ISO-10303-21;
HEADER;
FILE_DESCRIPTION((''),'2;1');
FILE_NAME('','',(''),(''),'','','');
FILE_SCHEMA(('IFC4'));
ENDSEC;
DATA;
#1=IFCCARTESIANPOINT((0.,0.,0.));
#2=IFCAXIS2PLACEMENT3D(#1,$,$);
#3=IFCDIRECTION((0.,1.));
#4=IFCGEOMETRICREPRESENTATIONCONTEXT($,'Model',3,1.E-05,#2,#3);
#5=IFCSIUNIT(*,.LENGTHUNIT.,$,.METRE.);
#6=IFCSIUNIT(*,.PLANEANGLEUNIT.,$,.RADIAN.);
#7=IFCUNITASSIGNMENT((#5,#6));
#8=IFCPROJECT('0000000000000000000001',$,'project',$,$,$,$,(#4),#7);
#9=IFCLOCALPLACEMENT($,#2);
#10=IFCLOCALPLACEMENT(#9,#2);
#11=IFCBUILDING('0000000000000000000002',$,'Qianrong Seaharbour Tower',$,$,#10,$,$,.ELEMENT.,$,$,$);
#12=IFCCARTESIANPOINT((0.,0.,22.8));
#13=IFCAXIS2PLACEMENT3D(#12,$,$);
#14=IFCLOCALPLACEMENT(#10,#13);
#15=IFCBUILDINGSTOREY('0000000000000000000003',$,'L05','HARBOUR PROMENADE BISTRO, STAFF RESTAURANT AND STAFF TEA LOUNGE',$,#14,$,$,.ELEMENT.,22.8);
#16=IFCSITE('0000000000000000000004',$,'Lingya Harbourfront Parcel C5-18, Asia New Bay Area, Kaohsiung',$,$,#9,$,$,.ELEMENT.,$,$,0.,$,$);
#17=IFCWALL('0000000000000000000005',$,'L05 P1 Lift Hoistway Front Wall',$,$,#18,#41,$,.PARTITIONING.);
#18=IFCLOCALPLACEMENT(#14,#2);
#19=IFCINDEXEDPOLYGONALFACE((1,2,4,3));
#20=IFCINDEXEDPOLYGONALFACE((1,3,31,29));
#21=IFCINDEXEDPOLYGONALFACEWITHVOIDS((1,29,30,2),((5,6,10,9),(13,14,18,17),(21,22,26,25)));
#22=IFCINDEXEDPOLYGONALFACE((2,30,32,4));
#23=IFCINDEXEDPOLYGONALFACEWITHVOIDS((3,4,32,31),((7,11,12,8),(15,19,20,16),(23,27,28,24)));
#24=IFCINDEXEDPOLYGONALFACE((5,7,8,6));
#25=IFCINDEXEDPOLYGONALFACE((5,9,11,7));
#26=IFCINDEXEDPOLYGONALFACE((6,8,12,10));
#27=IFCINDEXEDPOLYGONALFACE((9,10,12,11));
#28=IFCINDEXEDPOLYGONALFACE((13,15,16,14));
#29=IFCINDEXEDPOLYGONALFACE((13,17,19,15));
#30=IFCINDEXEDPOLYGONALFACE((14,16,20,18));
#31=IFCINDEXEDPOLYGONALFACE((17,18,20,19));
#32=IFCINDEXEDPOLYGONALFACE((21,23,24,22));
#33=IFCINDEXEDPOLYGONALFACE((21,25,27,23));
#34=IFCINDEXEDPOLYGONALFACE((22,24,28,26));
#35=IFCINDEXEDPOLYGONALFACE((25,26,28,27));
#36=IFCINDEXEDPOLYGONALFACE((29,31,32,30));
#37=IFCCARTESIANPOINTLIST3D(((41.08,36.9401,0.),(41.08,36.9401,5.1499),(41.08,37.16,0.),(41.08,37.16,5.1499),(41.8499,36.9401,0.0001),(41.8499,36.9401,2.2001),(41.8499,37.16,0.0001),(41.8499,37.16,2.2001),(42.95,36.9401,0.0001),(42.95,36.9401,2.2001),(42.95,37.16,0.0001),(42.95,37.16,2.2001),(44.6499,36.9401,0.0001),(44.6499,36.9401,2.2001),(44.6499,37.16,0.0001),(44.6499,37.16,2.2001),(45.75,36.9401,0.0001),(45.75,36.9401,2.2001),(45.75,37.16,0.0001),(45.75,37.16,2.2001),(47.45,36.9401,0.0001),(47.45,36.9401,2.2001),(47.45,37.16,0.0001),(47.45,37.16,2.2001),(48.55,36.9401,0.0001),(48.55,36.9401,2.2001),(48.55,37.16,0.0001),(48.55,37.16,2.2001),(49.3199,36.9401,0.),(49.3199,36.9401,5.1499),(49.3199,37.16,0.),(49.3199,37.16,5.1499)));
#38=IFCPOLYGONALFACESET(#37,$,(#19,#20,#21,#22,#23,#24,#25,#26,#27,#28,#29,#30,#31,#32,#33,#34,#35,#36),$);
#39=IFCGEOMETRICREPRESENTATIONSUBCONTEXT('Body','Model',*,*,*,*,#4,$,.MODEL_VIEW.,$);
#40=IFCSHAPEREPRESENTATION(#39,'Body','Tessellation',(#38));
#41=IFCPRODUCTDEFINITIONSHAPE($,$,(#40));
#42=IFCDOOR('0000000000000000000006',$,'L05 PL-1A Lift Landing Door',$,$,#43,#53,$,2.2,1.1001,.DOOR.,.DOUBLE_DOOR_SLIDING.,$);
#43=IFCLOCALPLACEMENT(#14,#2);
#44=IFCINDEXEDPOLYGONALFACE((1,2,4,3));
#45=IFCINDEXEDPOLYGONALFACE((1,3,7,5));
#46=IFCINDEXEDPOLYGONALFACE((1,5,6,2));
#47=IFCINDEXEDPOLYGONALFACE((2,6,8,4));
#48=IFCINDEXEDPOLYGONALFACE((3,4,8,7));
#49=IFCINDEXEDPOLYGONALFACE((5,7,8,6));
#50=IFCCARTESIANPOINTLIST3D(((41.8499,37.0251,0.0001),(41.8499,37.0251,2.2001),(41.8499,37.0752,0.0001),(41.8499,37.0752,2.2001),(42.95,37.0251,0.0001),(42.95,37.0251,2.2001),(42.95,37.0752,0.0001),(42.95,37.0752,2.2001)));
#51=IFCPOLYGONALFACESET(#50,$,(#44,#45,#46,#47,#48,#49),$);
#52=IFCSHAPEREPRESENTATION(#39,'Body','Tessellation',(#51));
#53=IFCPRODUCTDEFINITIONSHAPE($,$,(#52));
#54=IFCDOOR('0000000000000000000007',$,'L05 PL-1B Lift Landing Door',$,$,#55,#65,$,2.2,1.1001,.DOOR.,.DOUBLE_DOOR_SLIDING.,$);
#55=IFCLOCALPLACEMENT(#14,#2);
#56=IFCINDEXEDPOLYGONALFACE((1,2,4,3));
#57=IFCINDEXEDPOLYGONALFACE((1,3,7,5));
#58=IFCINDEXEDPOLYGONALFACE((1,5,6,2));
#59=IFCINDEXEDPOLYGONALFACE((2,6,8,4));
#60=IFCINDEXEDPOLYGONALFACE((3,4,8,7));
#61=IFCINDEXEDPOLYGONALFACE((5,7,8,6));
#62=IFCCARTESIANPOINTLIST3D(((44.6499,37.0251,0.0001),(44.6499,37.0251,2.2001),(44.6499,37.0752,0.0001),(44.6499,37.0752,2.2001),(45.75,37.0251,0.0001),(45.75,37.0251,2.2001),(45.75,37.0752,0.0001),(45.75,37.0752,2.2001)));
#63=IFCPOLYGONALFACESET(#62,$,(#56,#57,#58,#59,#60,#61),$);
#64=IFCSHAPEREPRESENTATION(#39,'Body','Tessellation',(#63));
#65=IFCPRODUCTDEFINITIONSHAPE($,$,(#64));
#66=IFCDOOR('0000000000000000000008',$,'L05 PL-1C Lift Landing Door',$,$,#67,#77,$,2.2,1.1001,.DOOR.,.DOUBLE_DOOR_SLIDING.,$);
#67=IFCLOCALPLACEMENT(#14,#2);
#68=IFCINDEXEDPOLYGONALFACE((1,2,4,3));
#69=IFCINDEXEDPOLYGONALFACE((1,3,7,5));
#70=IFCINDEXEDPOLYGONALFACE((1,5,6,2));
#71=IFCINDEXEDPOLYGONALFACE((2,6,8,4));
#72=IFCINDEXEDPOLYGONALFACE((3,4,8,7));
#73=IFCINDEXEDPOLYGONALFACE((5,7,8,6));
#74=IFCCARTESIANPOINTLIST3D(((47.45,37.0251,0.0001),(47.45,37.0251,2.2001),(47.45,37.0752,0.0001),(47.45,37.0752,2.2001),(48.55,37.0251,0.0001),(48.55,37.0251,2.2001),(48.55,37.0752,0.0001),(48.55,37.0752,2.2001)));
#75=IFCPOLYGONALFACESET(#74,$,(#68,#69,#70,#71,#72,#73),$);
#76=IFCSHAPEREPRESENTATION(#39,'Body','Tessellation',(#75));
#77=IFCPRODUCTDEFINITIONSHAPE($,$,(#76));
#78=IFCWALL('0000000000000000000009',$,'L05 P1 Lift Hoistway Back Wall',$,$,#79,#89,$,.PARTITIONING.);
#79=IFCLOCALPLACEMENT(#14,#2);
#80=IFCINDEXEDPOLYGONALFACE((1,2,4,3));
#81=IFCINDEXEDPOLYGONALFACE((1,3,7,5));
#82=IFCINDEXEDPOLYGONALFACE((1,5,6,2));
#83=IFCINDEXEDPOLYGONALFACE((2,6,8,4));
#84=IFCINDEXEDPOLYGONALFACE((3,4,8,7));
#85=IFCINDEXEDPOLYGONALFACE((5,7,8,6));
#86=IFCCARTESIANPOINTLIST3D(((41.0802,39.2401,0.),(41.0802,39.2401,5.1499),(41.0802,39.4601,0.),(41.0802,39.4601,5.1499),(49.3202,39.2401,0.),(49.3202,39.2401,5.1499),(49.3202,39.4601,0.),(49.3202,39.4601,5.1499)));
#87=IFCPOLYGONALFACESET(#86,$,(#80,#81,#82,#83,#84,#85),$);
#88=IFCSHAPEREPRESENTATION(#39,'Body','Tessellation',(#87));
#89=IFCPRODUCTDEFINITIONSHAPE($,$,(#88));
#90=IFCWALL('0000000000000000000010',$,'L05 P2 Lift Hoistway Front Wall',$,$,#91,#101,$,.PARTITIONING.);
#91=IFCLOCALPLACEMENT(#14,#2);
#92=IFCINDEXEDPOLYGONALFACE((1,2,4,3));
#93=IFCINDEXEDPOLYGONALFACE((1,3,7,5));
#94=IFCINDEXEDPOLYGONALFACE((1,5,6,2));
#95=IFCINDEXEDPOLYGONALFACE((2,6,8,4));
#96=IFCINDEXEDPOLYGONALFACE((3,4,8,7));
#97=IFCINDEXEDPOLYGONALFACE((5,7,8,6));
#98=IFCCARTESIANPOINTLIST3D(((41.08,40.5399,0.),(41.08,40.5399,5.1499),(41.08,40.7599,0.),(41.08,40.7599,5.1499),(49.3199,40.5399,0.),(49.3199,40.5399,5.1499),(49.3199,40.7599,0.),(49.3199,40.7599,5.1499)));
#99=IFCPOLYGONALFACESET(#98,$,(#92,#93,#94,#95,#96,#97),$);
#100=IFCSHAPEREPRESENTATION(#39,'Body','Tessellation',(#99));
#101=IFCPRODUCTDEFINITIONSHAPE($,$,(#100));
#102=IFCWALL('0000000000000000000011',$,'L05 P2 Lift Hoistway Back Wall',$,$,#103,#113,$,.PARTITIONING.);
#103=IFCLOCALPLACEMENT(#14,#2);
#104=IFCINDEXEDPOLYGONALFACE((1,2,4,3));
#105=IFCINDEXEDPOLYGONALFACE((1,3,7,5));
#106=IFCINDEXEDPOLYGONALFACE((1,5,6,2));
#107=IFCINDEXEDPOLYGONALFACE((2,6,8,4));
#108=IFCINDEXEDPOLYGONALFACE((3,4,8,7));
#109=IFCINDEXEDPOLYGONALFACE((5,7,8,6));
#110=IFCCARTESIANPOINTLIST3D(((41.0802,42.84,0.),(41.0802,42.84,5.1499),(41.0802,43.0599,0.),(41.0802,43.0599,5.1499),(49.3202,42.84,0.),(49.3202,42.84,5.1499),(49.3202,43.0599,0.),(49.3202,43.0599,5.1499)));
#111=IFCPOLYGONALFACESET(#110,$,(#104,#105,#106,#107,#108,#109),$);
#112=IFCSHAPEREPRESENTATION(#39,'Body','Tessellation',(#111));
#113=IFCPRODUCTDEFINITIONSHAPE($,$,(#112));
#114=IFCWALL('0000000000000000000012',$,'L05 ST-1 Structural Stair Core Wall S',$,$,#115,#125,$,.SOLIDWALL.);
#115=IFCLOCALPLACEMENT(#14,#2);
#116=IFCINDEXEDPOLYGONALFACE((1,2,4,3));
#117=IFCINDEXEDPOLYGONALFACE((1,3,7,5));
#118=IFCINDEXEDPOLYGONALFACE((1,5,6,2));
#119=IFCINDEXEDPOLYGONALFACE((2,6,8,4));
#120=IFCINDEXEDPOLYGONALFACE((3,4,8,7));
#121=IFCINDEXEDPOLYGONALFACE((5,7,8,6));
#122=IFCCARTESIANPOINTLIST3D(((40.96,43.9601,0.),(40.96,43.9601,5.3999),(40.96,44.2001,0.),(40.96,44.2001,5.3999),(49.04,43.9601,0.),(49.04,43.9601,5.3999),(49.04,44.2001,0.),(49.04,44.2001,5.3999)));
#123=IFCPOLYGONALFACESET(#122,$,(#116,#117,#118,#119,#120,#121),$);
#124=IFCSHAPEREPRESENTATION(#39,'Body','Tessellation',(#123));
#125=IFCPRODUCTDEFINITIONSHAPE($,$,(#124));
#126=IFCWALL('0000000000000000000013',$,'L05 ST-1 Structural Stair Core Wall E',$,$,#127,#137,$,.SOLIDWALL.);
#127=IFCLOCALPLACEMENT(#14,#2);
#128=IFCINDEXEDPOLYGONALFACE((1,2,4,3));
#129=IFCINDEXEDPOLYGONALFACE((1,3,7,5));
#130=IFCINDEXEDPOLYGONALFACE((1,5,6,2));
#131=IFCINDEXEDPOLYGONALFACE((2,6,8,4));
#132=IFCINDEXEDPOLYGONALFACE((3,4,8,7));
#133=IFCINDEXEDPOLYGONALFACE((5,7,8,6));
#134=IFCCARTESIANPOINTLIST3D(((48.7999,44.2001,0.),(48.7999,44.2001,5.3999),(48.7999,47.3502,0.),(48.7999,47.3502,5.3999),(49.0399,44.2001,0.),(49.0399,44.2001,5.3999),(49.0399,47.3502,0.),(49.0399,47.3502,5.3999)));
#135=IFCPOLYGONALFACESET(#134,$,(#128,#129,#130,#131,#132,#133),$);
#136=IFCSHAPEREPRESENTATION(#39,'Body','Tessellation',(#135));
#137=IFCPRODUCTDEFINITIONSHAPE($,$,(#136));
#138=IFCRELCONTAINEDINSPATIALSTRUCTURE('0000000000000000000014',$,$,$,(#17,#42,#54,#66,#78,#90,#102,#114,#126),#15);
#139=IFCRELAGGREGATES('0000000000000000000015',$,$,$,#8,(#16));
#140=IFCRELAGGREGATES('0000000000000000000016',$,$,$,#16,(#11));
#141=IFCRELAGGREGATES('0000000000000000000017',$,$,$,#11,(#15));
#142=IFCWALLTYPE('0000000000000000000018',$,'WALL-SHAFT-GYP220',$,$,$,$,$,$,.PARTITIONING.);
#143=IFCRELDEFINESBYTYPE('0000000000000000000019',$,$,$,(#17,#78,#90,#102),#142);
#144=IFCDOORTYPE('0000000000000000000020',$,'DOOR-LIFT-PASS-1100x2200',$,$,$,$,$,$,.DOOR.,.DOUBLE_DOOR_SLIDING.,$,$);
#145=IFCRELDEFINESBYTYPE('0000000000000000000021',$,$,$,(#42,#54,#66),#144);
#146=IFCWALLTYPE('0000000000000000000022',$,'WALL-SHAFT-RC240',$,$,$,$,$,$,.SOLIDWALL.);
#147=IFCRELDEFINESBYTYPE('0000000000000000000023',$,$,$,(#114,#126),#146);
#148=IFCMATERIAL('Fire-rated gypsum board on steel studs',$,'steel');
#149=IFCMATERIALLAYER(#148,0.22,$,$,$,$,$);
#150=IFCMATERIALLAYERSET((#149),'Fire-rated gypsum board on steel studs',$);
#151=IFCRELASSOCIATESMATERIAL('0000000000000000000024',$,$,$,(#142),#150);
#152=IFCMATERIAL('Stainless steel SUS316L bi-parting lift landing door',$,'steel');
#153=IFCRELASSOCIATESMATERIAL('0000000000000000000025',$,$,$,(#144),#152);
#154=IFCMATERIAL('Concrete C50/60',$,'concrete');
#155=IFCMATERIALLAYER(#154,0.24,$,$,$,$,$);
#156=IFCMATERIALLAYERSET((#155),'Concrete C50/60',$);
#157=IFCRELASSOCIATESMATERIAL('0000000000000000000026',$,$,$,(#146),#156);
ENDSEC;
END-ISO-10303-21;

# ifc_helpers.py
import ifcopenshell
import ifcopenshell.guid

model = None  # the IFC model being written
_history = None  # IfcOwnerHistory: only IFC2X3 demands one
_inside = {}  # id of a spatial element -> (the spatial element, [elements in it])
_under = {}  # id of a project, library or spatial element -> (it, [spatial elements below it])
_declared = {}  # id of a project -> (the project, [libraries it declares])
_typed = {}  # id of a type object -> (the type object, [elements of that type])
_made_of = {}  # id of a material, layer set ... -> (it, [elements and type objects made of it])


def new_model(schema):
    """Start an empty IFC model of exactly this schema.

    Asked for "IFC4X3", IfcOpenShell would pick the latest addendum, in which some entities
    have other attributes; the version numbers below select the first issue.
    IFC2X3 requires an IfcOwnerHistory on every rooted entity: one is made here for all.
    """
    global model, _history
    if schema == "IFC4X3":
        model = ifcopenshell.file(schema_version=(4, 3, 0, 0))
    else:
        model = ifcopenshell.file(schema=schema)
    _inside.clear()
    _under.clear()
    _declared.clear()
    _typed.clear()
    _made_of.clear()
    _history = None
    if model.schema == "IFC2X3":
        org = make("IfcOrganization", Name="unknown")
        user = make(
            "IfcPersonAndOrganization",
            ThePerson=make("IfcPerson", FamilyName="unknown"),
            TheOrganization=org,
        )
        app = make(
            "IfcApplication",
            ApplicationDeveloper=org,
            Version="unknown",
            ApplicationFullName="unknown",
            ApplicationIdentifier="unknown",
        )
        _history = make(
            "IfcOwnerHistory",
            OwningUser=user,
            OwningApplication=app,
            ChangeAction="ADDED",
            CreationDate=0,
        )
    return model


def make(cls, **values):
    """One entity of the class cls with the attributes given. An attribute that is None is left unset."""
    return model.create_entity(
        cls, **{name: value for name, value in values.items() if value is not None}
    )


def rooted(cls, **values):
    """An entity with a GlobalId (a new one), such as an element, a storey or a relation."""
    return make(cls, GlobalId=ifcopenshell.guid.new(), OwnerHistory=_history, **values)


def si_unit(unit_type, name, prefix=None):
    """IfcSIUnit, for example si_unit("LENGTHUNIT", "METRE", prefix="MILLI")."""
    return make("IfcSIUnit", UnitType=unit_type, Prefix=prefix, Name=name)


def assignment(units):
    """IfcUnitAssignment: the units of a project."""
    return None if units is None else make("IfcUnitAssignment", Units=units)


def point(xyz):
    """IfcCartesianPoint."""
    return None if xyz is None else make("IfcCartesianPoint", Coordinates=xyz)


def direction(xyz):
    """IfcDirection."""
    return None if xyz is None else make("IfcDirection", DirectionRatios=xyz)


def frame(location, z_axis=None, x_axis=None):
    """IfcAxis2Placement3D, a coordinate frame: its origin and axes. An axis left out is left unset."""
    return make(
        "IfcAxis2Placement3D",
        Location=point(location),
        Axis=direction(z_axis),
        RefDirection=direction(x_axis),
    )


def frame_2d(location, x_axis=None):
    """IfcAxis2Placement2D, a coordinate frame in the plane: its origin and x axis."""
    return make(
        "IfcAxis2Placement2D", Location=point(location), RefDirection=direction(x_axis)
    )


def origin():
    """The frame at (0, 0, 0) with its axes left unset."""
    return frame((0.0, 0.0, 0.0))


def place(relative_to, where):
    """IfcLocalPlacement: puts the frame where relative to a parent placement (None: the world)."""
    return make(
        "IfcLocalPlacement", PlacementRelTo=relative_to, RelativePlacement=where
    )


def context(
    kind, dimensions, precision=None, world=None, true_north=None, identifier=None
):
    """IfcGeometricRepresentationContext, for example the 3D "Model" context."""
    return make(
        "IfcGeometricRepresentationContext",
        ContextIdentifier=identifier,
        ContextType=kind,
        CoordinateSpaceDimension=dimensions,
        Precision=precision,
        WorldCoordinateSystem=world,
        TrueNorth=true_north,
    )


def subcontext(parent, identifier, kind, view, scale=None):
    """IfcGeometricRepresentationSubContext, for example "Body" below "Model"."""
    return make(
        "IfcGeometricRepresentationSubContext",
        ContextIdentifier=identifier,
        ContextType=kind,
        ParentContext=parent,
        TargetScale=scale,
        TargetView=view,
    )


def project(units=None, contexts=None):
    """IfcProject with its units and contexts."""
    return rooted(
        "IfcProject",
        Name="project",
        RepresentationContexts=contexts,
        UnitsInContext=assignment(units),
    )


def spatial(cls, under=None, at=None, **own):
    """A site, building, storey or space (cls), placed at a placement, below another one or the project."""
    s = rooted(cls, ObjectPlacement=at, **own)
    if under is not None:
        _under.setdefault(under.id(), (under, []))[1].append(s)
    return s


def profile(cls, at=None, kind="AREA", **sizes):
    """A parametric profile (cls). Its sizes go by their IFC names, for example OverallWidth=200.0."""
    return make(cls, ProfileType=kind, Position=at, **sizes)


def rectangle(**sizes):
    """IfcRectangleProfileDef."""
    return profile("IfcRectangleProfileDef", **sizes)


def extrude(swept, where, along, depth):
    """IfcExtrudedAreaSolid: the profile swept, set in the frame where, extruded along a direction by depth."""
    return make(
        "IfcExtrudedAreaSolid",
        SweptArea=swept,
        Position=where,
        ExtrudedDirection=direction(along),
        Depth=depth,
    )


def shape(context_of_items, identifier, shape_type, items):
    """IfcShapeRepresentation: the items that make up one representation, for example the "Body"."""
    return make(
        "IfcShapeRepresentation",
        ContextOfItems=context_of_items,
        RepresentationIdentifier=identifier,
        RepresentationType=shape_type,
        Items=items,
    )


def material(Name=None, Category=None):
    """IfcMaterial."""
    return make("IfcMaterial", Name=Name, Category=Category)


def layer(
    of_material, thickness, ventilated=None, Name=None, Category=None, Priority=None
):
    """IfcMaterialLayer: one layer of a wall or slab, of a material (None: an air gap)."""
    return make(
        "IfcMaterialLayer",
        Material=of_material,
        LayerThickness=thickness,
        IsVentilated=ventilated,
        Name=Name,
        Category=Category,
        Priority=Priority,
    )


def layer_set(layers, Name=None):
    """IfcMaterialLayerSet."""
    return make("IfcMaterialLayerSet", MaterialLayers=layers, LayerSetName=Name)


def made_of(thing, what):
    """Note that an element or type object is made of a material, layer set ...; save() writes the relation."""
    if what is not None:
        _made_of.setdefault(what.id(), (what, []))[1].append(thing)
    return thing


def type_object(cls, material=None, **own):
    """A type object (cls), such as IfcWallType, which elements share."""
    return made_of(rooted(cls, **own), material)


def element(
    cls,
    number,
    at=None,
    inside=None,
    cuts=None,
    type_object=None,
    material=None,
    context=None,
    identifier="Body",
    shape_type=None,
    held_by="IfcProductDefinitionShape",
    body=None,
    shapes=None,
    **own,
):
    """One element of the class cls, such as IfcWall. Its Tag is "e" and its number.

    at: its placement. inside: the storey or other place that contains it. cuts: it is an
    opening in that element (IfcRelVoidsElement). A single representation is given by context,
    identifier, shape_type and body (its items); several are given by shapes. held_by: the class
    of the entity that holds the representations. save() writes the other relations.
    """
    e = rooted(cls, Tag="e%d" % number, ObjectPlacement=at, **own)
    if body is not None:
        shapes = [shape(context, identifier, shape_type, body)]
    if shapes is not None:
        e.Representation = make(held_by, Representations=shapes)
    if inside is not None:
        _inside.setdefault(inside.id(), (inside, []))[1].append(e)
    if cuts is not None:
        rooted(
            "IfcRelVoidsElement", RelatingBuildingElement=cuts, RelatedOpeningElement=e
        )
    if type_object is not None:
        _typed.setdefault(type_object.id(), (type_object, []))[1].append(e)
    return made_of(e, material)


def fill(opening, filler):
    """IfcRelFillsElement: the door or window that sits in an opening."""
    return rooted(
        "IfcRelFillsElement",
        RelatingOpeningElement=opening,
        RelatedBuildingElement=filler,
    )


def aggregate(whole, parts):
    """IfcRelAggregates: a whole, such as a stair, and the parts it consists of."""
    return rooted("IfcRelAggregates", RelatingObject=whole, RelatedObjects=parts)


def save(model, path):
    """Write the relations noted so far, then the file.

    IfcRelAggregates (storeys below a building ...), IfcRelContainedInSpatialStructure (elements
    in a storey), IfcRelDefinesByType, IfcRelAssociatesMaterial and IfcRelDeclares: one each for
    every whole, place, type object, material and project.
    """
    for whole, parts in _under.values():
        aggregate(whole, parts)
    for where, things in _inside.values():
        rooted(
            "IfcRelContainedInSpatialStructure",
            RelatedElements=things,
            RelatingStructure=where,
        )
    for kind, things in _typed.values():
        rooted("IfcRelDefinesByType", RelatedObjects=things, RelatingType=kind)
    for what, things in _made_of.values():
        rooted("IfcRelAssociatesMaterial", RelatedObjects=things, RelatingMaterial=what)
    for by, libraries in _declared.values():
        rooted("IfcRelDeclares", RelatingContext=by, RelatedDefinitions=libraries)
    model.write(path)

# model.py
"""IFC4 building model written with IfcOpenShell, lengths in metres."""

from ifc_helpers import new_model, si_unit, direction, frame, frame_2d, origin, place, context, subcontext, project, spatial, rectangle, extrude, material, layer, layer_set, type_object, element, fill, save


model = new_model("IFC4")

# Units and contexts
model_context = context("Model", 3, precision=1e-05, world=origin(), true_north=direction((0.0, 1.0)))
body_context = subcontext(model_context, "Body", "Model", "MODEL_VIEW")
ifc_project = project(units=[si_unit("LENGTHUNIT", "METRE"), si_unit("PLANEANGLEUNIT", "RADIAN")], contexts=[model_context])

# Site, building, storey
site_placement = place(None, origin())
site = spatial("IfcSite", under=ifc_project, at=site_placement, Name="Lingya Harbourfront Parcel C5-18, Asia New Bay Area, Kaohsiung", CompositionType="ELEMENT", RefElevation=0.0)
building_placement = place(site_placement, origin())
building = spatial("IfcBuilding", under=site, at=building_placement, Name="Qianrong Seaharbour Tower", CompositionType="ELEMENT")
storey_placement = place(building_placement, frame((0.0, 0.0, 22.8)))
storey = spatial("IfcBuildingStorey", under=building, at=storey_placement, Name="L05", Description="HARBOUR PROMENADE BISTRO, STAFF RESTAURANT AND STAFF TEA LOUNGE", CompositionType="ELEMENT", Elevation=22.8)

# Shared definitions
ifc_material_1 = material(Name="Fire-rated gypsum board on steel studs", Category="steel")

# Wall, openings, doors
ifc_layer_1 = layer(ifc_material_1, 0.22)
ifc_layer_set_1 = layer_set([ifc_layer_1], Name="Fire-rated gypsum board on steel studs")
wall_type_1 = type_object("IfcWallType", Name="WALL-SHAFT-GYP220", PredefinedType="PARTITIONING", material=ifc_layer_set_1)
wall_1_placement = place(storey_placement, frame((49.3201, 37.05, 0.0), z_axis=(0.0, 0.0, 1.0), x_axis=(-1.0, 0.0, 0.0)))
wall_1 = element("IfcWall", 1, at=wall_1_placement, inside=storey, type_object=wall_type_1, Name="L05 P1 Lift Hoistway Front Wall", PredefinedType="PARTITIONING", context=body_context, shape_type="SweptSolid", body=[
    extrude(rectangle(XDim=8.24, YDim=0.22, at=frame_2d((4.1201, 0.0))), origin(), (0.0, 0.0, 1.0), 5.1499),
])
opening_1_placement = place(wall_1_placement, frame((6.3701, 0.0, 0.0)))
opening_1 = element("IfcOpeningElement", 2, at=opening_1_placement, cuts=wall_1, PredefinedType="OPENING", context=body_context, shape_type="SweptSolid", body=[
    extrude(rectangle(XDim=1.1001, YDim=2.2, at=frame_2d((0.55, 1.1001))), frame((0.0, 0.1201, 0.0), z_axis=(0.0, -1.0, 0.0), x_axis=(1.0, 0.0, 0.0)), (0.0, 0.0, 1.0), 0.24),
])
opening_2_placement = place(wall_1_placement, frame((3.5701, 0.0, 0.0)))
opening_2 = element("IfcOpeningElement", 3, at=opening_2_placement, cuts=wall_1, PredefinedType="OPENING", context=body_context, shape_type="SweptSolid", body=[
    extrude(rectangle(XDim=1.1001, YDim=2.2, at=frame_2d((0.55, 1.1001))), frame((0.0, 0.1201, 0.0), z_axis=(0.0, -1.0, 0.0), x_axis=(1.0, 0.0, 0.0)), (0.0, 0.0, 1.0), 0.24),
])
opening_3_placement = place(wall_1_placement, frame((0.77, 0.0, 0.0)))
opening_3 = element("IfcOpeningElement", 4, at=opening_3_placement, cuts=wall_1, PredefinedType="OPENING", context=body_context, shape_type="SweptSolid", body=[
    extrude(rectangle(XDim=1.1001, YDim=2.2, at=frame_2d((0.55, 1.1001))), frame((0.0, 0.1201, 0.0), z_axis=(0.0, -1.0, 0.0), x_axis=(1.0, 0.0, 0.0)), (0.0, 0.0, 1.0), 0.24),
])
ifc_material_2 = material(Name="Stainless steel SUS316L bi-parting lift landing door", Category="steel")
door_type = type_object("IfcDoorType", Name="DOOR-LIFT-PASS-1100x2200", OperationType="DOUBLE_DOOR_SLIDING", PredefinedType="DOOR", material=ifc_material_2)
door_1_placement = place(opening_1_placement, origin())
door_1 = element("IfcDoor", 5, at=door_1_placement, inside=storey, type_object=door_type, Name="L05 PL-1A Lift Landing Door", OperationType="DOUBLE_DOOR_SLIDING", OverallHeight=2.2, OverallWidth=1.1001, PredefinedType="DOOR", context=body_context, shape_type="SweptSolid", body=[
    extrude(rectangle(XDim=1.1001, YDim=2.2, at=frame_2d((0.55, 1.1001))), frame((0.0, 0.0249, 0.0), z_axis=(0.0, -1.0, 0.0), x_axis=(1.0, 0.0, 0.0)), (0.0, 0.0, 1.0), 0.05),
])
fill(opening_1, door_1)
door_2_placement = place(opening_2_placement, origin())
door_2 = element("IfcDoor", 6, at=door_2_placement, inside=storey, type_object=door_type, Name="L05 PL-1B Lift Landing Door", OperationType="DOUBLE_DOOR_SLIDING", OverallHeight=2.2, OverallWidth=1.1001, PredefinedType="DOOR", context=body_context, shape_type="SweptSolid", body=[
    extrude(rectangle(XDim=1.1001, YDim=2.2, at=frame_2d((0.55, 1.1001))), frame((0.0, 0.0249, 0.0), z_axis=(0.0, -1.0, 0.0), x_axis=(1.0, 0.0, 0.0)), (0.0, 0.0, 1.0), 0.05),
])
fill(opening_2, door_2)
door_3_placement = place(opening_3_placement, origin())
door_3 = element("IfcDoor", 7, at=door_3_placement, inside=storey, type_object=door_type, Name="L05 PL-1C Lift Landing Door", OperationType="DOUBLE_DOOR_SLIDING", OverallHeight=2.2, OverallWidth=1.1001, PredefinedType="DOOR", context=body_context, shape_type="SweptSolid", body=[
    extrude(rectangle(XDim=1.1001, YDim=2.2, at=frame_2d((0.55, 1.1001))), frame((0.0, 0.0249, 0.0), z_axis=(0.0, -1.0, 0.0), x_axis=(1.0, 0.0, 0.0)), (0.0, 0.0, 1.0), 0.05),
])
fill(opening_3, door_3)

# Walls
for number, where, z_axis, x_axis, name in (
    (8, (41.0801, 39.3501, 0.0), (0.0, 0.0, 1.0), (1.0, 0.0, 0.0), "L05 P1 Lift Hoistway Back Wall"),
    (9, (49.3201, 40.6499, 0.0), (0.0, 0.0, 1.0), (-1.0, 0.0, 0.0), "L05 P2 Lift Hoistway Front Wall"),
    (10, (41.0801, 42.95, 0.0), (0.0, 0.0, 1.0), (1.0, 0.0, 0.0), "L05 P2 Lift Hoistway Back Wall"),
):
    element("IfcWall", number, at=place(storey_placement, frame(where, z_axis=z_axis, x_axis=x_axis)), inside=storey, type_object=wall_type_1, Name=name, PredefinedType="PARTITIONING", context=body_context, shape_type="SweptSolid", body=[
        extrude(rectangle(XDim=8.24, YDim=0.22, at=frame_2d((4.1201, 0.0))), origin(), (0.0, 0.0, 1.0), 5.1499),
    ])
ifc_material_3 = material(Name="Concrete C50/60", Category="concrete")
ifc_layer_2 = layer(ifc_material_3, 0.24)
ifc_layer_set_2 = layer_set([ifc_layer_2], Name="Concrete C50/60")
wall_type_2 = type_object("IfcWallType", Name="WALL-SHAFT-RC240", PredefinedType="SOLIDWALL", material=ifc_layer_set_2)
wall_2_placement = place(storey_placement, frame((49.04, 44.0801, 0.0), z_axis=(0.0, 0.0, 1.0), x_axis=(-1.0, 0.0, 0.0)))
element("IfcWall", 11, at=wall_2_placement, inside=storey, type_object=wall_type_2, Name="L05 ST-1 Structural Stair Core Wall S", PredefinedType="SOLIDWALL", context=body_context, shape_type="SweptSolid", body=[
    extrude(rectangle(XDim=8.0801, YDim=0.24, at=frame_2d((4.04, 0.0))), origin(), (0.0, 0.0, 1.0), 5.3999),
])
wall_3_placement = place(storey_placement, frame((48.9199, 44.2, 0.0), z_axis=(0.0, 0.0, 1.0), x_axis=(0.0, 1.0, 0.0)))
element("IfcWall", 12, at=wall_3_placement, inside=storey, type_object=wall_type_2, Name="L05 ST-1 Structural Stair Core Wall E", PredefinedType="SOLIDWALL", context=body_context, shape_type="SweptSolid", body=[
    extrude(rectangle(XDim=3.1501, YDim=0.24, at=frame_2d((1.5752, 0.0))), origin(), (0.0, 0.0, 1.0), 5.3999),
])

save(model, "model.ifc")
